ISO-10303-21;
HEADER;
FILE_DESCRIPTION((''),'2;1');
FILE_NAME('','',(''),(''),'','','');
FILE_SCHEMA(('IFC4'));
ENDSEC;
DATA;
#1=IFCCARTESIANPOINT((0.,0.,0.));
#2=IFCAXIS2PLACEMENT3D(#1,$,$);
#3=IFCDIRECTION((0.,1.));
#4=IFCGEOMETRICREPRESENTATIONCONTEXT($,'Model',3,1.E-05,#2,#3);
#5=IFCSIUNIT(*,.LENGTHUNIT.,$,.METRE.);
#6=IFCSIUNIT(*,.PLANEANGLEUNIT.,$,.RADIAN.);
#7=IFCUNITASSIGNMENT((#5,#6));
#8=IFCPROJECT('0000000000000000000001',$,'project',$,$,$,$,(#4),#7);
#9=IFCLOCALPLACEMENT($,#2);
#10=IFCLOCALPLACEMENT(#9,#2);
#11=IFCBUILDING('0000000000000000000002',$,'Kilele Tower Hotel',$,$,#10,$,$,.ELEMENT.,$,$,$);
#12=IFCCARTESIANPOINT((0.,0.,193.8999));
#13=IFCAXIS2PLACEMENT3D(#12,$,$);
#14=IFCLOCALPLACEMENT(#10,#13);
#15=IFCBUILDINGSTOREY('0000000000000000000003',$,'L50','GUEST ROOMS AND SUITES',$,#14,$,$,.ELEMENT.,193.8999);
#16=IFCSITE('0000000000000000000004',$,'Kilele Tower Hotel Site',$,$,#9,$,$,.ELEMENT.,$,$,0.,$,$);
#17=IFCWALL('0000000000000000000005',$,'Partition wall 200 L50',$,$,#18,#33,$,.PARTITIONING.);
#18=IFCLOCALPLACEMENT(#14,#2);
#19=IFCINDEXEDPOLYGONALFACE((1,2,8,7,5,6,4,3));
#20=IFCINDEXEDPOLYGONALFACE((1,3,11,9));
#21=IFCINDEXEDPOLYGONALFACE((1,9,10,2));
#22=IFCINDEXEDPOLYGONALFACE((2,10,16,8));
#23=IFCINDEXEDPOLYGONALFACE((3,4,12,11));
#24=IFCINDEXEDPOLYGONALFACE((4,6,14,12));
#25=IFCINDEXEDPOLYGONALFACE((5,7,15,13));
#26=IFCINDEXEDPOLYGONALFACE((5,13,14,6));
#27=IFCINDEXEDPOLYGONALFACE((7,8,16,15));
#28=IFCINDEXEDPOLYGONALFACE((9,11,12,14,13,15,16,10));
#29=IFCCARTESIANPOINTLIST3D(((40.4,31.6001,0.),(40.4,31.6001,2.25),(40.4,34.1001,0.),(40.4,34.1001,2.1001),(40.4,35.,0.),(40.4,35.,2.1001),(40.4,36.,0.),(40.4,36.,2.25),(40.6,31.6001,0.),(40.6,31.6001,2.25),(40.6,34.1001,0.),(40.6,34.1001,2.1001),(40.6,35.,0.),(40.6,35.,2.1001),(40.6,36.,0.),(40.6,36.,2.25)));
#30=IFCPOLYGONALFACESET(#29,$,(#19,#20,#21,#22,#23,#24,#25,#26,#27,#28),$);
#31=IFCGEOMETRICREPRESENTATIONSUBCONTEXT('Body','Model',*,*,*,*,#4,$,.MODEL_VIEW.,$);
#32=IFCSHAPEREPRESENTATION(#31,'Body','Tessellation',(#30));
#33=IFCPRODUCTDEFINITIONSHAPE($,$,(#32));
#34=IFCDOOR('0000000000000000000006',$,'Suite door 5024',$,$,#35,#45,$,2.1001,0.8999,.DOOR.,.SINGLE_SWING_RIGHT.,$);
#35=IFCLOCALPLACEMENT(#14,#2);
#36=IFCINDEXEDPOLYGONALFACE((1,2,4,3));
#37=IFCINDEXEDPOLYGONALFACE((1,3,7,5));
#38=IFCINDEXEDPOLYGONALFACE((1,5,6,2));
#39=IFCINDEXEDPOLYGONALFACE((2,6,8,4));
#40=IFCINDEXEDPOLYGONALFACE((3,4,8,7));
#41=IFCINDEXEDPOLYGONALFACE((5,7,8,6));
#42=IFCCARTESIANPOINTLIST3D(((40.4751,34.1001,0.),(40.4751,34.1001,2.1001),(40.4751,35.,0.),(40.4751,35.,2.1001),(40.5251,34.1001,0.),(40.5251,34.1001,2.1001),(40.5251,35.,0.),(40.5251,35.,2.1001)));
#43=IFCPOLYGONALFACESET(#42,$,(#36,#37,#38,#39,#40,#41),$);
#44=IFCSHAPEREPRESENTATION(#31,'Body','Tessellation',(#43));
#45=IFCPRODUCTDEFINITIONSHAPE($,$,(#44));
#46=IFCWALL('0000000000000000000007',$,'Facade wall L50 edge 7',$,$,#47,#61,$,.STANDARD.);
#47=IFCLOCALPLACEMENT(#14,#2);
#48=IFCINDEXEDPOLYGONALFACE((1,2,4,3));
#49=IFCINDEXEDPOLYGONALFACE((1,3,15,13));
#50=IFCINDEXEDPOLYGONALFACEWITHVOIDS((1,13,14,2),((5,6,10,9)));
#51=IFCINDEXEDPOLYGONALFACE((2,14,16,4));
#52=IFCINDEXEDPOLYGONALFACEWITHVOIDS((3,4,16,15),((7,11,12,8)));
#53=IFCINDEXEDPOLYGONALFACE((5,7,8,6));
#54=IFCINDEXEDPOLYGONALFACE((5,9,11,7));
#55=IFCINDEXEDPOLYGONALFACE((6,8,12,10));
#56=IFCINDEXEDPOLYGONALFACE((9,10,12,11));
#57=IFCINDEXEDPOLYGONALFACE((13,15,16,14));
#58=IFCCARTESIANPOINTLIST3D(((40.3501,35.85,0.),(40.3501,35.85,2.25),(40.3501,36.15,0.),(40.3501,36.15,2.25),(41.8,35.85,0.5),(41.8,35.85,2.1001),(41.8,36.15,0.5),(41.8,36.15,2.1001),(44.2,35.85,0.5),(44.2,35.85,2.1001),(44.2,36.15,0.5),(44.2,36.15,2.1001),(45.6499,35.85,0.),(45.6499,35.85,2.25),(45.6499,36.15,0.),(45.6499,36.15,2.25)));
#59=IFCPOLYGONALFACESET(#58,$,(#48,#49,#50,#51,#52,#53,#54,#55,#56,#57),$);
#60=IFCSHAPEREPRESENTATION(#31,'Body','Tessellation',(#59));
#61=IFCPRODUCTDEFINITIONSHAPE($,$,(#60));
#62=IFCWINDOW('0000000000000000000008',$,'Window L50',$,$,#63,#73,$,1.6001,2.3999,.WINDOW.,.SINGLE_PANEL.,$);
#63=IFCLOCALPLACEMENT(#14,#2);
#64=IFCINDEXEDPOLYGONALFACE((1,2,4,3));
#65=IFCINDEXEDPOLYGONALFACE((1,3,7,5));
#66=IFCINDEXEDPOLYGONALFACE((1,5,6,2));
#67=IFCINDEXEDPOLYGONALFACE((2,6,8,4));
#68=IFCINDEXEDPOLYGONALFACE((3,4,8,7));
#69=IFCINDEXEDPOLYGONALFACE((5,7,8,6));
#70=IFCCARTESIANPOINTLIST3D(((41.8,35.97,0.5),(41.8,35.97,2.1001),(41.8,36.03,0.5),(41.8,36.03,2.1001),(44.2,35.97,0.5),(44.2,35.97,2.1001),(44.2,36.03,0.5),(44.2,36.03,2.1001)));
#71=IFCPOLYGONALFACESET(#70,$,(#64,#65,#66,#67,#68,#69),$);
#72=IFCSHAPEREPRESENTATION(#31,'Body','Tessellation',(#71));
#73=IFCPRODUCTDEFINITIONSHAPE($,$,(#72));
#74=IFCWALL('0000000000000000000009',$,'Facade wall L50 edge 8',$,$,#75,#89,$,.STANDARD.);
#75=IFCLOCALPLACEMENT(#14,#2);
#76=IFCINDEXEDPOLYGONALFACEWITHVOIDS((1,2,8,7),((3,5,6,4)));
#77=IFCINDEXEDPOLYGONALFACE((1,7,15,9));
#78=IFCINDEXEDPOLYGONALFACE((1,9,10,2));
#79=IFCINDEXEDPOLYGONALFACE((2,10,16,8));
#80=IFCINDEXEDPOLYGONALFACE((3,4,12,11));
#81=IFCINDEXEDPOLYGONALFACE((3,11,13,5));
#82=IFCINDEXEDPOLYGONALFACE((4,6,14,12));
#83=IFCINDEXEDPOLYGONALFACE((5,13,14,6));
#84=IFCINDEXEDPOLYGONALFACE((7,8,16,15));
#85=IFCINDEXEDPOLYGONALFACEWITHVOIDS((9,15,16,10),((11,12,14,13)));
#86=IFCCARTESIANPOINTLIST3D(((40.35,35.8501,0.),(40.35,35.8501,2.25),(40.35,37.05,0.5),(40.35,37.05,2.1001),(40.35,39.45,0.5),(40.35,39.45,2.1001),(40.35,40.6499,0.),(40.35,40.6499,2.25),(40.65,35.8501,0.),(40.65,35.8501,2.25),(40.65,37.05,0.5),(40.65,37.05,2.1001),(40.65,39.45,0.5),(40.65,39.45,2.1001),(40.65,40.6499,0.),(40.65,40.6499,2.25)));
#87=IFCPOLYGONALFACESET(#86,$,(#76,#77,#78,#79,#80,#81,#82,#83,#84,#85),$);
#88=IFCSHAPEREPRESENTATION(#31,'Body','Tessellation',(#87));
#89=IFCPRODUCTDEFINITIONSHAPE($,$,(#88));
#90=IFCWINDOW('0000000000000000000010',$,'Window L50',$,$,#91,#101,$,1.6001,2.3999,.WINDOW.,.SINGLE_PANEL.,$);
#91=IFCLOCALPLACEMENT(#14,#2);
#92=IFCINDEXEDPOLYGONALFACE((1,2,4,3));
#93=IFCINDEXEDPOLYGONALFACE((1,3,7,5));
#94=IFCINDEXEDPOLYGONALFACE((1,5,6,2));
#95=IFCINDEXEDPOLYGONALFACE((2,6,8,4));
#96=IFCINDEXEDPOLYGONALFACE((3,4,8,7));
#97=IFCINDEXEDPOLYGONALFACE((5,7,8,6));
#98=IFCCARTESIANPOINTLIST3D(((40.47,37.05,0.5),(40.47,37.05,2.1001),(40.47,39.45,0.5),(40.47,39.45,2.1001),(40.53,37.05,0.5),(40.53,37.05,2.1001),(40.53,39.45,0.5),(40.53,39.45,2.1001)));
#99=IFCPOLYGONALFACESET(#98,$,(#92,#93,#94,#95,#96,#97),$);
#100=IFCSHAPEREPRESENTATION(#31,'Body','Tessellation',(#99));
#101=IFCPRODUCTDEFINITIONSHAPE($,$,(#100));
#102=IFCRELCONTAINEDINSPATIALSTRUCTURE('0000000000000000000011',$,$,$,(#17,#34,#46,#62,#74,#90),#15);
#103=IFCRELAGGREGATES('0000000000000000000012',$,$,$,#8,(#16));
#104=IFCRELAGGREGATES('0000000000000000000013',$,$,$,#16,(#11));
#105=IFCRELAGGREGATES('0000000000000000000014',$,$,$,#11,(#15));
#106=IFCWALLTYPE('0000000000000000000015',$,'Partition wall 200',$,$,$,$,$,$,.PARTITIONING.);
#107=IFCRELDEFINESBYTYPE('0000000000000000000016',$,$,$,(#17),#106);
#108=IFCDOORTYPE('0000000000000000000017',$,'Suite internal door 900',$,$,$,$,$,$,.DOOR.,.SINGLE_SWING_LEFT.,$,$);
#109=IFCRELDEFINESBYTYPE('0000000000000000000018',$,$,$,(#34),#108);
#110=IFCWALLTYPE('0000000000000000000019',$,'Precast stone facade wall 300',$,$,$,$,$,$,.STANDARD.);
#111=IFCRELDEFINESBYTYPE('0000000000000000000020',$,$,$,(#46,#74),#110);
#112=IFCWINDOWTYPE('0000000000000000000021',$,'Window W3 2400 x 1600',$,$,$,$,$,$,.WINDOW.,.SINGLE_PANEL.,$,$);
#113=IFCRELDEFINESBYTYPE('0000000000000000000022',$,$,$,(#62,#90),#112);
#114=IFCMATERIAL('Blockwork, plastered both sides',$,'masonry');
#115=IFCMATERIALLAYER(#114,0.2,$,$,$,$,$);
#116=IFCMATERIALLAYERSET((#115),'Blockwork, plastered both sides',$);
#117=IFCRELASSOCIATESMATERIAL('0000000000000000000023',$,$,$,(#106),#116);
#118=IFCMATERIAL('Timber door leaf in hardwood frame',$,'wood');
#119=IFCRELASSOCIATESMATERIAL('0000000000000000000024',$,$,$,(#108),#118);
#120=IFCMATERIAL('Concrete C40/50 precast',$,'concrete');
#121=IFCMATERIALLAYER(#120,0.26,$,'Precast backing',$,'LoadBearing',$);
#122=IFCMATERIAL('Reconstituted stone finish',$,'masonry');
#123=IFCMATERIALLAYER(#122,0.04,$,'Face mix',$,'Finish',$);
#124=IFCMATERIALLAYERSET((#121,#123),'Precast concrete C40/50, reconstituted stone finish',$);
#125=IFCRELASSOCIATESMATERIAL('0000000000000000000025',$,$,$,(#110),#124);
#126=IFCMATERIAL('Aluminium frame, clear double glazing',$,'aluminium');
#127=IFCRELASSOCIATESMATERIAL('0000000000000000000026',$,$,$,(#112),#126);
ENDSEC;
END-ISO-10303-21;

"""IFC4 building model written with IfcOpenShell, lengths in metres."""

from ifc_helpers import new_model, si_unit, direction, frame, frame_2d, origin, place, context, subcontext, project, spatial, rectangle, extrude, material, layer, layer_set, type_object, element, fill, save


model = new_model("IFC4")

# Units and contexts
model_context = context("Model", 3, precision=1e-05, world=origin(), true_north=direction((0.0, 1.0)))
body_context = subcontext(model_context, "Body", "Model", "MODEL_VIEW")
ifc_project = project(units=[si_unit("LENGTHUNIT", "METRE"), si_unit("PLANEANGLEUNIT", "RADIAN")], contexts=[model_context])

# Site, building, storey
site_placement = place(None, origin())
site = spatial("IfcSite", under=ifc_project, at=site_placement, Name="Kilele Tower Hotel Site", CompositionType="ELEMENT", RefElevation=0.0)
building_placement = place(site_placement, origin())
building = spatial("IfcBuilding", under=site, at=building_placement, Name="Kilele Tower Hotel", CompositionType="ELEMENT")
storey_placement = place(building_placement, frame((0.0, 0.0, 193.8999)))
storey = spatial("IfcBuildingStorey", under=building, at=storey_placement, Name="L50", Description="GUEST ROOMS AND SUITES", CompositionType="ELEMENT", Elevation=193.8999)

# Wall, opening, door
ifc_material_1 = material(Name="Blockwork, plastered both sides", Category="masonry")
ifc_layer_1 = layer(ifc_material_1, 0.2)
ifc_layer_set_1 = layer_set([ifc_layer_1], Name="Blockwork, plastered both sides")
wall_type_1 = type_object("IfcWallType", Name="Partition wall 200", PredefinedType="PARTITIONING", material=ifc_layer_set_1)
wall_1_placement = place(storey_placement, frame((40.5, 31.6001, 0.0), z_axis=(0.0, 0.0, 1.0), x_axis=(0.0, 1.0, 0.0)))
wall_1 = element("IfcWall", 1, at=wall_1_placement, inside=storey, type_object=wall_type_1, Name="Partition wall 200 L50", PredefinedType="PARTITIONING", context=body_context, shape_type="SweptSolid", body=[
    extrude(rectangle(XDim=4.3999, YDim=0.2, at=frame_2d((2.2, 0.0))), origin(), (0.0, 0.0, 1.0), 2.25),
])
opening_1_placement = place(wall_1_placement, frame((2.5, 0.0, 0.0)))
opening_1 = element("IfcOpeningElement", 2, at=opening_1_placement, cuts=wall_1, PredefinedType="OPENING", context=body_context, shape_type="SweptSolid", body=[
    extrude(rectangle(XDim=0.8999, YDim=2.1001, at=frame_2d((0.45, 1.05))), frame((0.0, 0.1099, 0.0), z_axis=(0.0, -1.0, 0.0), x_axis=(1.0, 0.0, 0.0)), (0.0, 0.0, 1.0), 0.22),
])
ifc_material_2 = material(Name="Timber door leaf in hardwood frame", Category="wood")
door_type_1 = type_object("IfcDoorType", Name="Suite internal door 900", OperationType="SINGLE_SWING_LEFT", PredefinedType="DOOR", material=ifc_material_2)
door_1_placement = place(opening_1_placement, origin())
door_1 = element("IfcDoor", 3, at=door_1_placement, inside=storey, type_object=door_type_1, Name="Suite door 5024", OperationType="SINGLE_SWING_RIGHT", OverallHeight=2.1001, OverallWidth=0.8999, PredefinedType="DOOR", context=body_context, shape_type="SweptSolid", body=[
    extrude(rectangle(XDim=0.8999, YDim=2.1001, at=frame_2d((0.45, 1.05))), frame((0.0, 0.0249, 0.0), z_axis=(0.0, -1.0, 0.0), x_axis=(1.0, 0.0, 0.0)), (0.0, 0.0, 1.0), 0.05),
])
fill(opening_1, door_1)

# Walls, openings, windows
ifc_material_3 = material(Name="Concrete C40/50 precast", Category="concrete")
ifc_layer_2 = layer(ifc_material_3, 0.26, Name="Precast backing", Category="LoadBearing")
ifc_material_4 = material(Name="Reconstituted stone finish", Category="masonry")
ifc_layer_3 = layer(ifc_material_4, 0.04, Name="Face mix", Category="Finish")
ifc_layer_set_2 = layer_set([ifc_layer_2, ifc_layer_3], Name="Precast concrete C40/50, reconstituted stone finish")
wall_type_2 = type_object("IfcWallType", Name="Precast stone facade wall 300", PredefinedType="STANDARD", material=ifc_layer_set_2)
wall_2_placement = place(storey_placement, frame((45.6499, 36.0, 0.0), z_axis=(0.0, 0.0, 1.0), x_axis=(-1.0, 0.0, 0.0)))
wall_2 = element("IfcWall", 4, at=wall_2_placement, inside=storey, type_object=wall_type_2, Name="Facade wall L50 edge 7", PredefinedType="STANDARD", context=body_context, shape_type="SweptSolid", body=[
    extrude(rectangle(XDim=5.2998, YDim=0.3, at=frame_2d((2.6499, 0.0))), origin(), (0.0, 0.0, 1.0), 2.25),
])
opening_2_placement = place(wall_2_placement, frame((1.45, 0.0, 0.5)))
opening_2 = element("IfcOpeningElement", 5, at=opening_2_placement, cuts=wall_2, PredefinedType="OPENING", context=body_context, shape_type="SweptSolid", body=[
    extrude(rectangle(XDim=2.3999, YDim=1.6001, at=frame_2d((1.2, 0.8))), frame((0.0, 0.1599, 0.0), z_axis=(0.0, -1.0, 0.0), x_axis=(1.0, 0.0, 0.0)), (0.0, 0.0, 1.0), 0.3201),
])
ifc_material_5 = material(Name="Aluminium frame, clear double glazing", Category="aluminium")
window_type = type_object("IfcWindowType", Name="Window W3 2400 x 1600", PartitioningType="SINGLE_PANEL", PredefinedType="WINDOW", material=ifc_material_5)
window_1_placement = place(opening_2_placement, origin())
window_1 = element("IfcWindow", 6, at=window_1_placement, inside=storey, type_object=window_type, Name="Window L50", OverallHeight=1.6001, OverallWidth=2.3999, PartitioningType="SINGLE_PANEL", PredefinedType="WINDOW", context=body_context, shape_type="SweptSolid", body=[
    extrude(rectangle(XDim=2.3999, YDim=1.6001, at=frame_2d((1.2, 0.8))), frame((0.0, 0.03, 0.0), z_axis=(0.0, -1.0, 0.0), x_axis=(1.0, 0.0, 0.0)), (0.0, 0.0, 1.0), 0.0601),
])
fill(opening_2, window_1)
wall_3_placement = place(storey_placement, frame((40.5, 35.8501, 0.0), z_axis=(0.0, 0.0, 1.0), x_axis=(0.0, 1.0, 0.0)))
wall_3 = element("IfcWall", 7, at=wall_3_placement, inside=storey, type_object=wall_type_2, Name="Facade wall L50 edge 8", PredefinedType="STANDARD", context=body_context, shape_type="SweptSolid", body=[
    extrude(rectangle(XDim=4.7998, YDim=0.3, at=frame_2d((2.3999, 0.0))), origin(), (0.0, 0.0, 1.0), 2.25),
])
opening_3_placement = place(wall_3_placement, frame((1.2, 0.0, 0.5)))
opening_3 = element("IfcOpeningElement", 8, at=opening_3_placement, cuts=wall_3, PredefinedType="OPENING", context=body_context, shape_type="SweptSolid", body=[
    extrude(rectangle(XDim=2.3999, YDim=1.6001, at=frame_2d((1.2, 0.8))), frame((0.0, 0.1599, 0.0), z_axis=(0.0, -1.0, 0.0), x_axis=(1.0, 0.0, 0.0)), (0.0, 0.0, 1.0), 0.3201),
])
window_2_placement = place(opening_3_placement, origin())
window_2 = element("IfcWindow", 9, at=window_2_placement, inside=storey, type_object=window_type, Name="Window L50", OverallHeight=1.6001, OverallWidth=2.3999, PartitioningType="SINGLE_PANEL", PredefinedType="WINDOW", context=body_context, shape_type="SweptSolid", body=[
    extrude(rectangle(XDim=2.3999, YDim=1.6001, at=frame_2d((1.2, 0.8))), frame((0.0, 0.03, 0.0), z_axis=(0.0, -1.0, 0.0), x_axis=(1.0, 0.0, 0.0)), (0.0, 0.0, 1.0), 0.0601),
])
fill(opening_3, window_2)

save(model, "model.ifc")
